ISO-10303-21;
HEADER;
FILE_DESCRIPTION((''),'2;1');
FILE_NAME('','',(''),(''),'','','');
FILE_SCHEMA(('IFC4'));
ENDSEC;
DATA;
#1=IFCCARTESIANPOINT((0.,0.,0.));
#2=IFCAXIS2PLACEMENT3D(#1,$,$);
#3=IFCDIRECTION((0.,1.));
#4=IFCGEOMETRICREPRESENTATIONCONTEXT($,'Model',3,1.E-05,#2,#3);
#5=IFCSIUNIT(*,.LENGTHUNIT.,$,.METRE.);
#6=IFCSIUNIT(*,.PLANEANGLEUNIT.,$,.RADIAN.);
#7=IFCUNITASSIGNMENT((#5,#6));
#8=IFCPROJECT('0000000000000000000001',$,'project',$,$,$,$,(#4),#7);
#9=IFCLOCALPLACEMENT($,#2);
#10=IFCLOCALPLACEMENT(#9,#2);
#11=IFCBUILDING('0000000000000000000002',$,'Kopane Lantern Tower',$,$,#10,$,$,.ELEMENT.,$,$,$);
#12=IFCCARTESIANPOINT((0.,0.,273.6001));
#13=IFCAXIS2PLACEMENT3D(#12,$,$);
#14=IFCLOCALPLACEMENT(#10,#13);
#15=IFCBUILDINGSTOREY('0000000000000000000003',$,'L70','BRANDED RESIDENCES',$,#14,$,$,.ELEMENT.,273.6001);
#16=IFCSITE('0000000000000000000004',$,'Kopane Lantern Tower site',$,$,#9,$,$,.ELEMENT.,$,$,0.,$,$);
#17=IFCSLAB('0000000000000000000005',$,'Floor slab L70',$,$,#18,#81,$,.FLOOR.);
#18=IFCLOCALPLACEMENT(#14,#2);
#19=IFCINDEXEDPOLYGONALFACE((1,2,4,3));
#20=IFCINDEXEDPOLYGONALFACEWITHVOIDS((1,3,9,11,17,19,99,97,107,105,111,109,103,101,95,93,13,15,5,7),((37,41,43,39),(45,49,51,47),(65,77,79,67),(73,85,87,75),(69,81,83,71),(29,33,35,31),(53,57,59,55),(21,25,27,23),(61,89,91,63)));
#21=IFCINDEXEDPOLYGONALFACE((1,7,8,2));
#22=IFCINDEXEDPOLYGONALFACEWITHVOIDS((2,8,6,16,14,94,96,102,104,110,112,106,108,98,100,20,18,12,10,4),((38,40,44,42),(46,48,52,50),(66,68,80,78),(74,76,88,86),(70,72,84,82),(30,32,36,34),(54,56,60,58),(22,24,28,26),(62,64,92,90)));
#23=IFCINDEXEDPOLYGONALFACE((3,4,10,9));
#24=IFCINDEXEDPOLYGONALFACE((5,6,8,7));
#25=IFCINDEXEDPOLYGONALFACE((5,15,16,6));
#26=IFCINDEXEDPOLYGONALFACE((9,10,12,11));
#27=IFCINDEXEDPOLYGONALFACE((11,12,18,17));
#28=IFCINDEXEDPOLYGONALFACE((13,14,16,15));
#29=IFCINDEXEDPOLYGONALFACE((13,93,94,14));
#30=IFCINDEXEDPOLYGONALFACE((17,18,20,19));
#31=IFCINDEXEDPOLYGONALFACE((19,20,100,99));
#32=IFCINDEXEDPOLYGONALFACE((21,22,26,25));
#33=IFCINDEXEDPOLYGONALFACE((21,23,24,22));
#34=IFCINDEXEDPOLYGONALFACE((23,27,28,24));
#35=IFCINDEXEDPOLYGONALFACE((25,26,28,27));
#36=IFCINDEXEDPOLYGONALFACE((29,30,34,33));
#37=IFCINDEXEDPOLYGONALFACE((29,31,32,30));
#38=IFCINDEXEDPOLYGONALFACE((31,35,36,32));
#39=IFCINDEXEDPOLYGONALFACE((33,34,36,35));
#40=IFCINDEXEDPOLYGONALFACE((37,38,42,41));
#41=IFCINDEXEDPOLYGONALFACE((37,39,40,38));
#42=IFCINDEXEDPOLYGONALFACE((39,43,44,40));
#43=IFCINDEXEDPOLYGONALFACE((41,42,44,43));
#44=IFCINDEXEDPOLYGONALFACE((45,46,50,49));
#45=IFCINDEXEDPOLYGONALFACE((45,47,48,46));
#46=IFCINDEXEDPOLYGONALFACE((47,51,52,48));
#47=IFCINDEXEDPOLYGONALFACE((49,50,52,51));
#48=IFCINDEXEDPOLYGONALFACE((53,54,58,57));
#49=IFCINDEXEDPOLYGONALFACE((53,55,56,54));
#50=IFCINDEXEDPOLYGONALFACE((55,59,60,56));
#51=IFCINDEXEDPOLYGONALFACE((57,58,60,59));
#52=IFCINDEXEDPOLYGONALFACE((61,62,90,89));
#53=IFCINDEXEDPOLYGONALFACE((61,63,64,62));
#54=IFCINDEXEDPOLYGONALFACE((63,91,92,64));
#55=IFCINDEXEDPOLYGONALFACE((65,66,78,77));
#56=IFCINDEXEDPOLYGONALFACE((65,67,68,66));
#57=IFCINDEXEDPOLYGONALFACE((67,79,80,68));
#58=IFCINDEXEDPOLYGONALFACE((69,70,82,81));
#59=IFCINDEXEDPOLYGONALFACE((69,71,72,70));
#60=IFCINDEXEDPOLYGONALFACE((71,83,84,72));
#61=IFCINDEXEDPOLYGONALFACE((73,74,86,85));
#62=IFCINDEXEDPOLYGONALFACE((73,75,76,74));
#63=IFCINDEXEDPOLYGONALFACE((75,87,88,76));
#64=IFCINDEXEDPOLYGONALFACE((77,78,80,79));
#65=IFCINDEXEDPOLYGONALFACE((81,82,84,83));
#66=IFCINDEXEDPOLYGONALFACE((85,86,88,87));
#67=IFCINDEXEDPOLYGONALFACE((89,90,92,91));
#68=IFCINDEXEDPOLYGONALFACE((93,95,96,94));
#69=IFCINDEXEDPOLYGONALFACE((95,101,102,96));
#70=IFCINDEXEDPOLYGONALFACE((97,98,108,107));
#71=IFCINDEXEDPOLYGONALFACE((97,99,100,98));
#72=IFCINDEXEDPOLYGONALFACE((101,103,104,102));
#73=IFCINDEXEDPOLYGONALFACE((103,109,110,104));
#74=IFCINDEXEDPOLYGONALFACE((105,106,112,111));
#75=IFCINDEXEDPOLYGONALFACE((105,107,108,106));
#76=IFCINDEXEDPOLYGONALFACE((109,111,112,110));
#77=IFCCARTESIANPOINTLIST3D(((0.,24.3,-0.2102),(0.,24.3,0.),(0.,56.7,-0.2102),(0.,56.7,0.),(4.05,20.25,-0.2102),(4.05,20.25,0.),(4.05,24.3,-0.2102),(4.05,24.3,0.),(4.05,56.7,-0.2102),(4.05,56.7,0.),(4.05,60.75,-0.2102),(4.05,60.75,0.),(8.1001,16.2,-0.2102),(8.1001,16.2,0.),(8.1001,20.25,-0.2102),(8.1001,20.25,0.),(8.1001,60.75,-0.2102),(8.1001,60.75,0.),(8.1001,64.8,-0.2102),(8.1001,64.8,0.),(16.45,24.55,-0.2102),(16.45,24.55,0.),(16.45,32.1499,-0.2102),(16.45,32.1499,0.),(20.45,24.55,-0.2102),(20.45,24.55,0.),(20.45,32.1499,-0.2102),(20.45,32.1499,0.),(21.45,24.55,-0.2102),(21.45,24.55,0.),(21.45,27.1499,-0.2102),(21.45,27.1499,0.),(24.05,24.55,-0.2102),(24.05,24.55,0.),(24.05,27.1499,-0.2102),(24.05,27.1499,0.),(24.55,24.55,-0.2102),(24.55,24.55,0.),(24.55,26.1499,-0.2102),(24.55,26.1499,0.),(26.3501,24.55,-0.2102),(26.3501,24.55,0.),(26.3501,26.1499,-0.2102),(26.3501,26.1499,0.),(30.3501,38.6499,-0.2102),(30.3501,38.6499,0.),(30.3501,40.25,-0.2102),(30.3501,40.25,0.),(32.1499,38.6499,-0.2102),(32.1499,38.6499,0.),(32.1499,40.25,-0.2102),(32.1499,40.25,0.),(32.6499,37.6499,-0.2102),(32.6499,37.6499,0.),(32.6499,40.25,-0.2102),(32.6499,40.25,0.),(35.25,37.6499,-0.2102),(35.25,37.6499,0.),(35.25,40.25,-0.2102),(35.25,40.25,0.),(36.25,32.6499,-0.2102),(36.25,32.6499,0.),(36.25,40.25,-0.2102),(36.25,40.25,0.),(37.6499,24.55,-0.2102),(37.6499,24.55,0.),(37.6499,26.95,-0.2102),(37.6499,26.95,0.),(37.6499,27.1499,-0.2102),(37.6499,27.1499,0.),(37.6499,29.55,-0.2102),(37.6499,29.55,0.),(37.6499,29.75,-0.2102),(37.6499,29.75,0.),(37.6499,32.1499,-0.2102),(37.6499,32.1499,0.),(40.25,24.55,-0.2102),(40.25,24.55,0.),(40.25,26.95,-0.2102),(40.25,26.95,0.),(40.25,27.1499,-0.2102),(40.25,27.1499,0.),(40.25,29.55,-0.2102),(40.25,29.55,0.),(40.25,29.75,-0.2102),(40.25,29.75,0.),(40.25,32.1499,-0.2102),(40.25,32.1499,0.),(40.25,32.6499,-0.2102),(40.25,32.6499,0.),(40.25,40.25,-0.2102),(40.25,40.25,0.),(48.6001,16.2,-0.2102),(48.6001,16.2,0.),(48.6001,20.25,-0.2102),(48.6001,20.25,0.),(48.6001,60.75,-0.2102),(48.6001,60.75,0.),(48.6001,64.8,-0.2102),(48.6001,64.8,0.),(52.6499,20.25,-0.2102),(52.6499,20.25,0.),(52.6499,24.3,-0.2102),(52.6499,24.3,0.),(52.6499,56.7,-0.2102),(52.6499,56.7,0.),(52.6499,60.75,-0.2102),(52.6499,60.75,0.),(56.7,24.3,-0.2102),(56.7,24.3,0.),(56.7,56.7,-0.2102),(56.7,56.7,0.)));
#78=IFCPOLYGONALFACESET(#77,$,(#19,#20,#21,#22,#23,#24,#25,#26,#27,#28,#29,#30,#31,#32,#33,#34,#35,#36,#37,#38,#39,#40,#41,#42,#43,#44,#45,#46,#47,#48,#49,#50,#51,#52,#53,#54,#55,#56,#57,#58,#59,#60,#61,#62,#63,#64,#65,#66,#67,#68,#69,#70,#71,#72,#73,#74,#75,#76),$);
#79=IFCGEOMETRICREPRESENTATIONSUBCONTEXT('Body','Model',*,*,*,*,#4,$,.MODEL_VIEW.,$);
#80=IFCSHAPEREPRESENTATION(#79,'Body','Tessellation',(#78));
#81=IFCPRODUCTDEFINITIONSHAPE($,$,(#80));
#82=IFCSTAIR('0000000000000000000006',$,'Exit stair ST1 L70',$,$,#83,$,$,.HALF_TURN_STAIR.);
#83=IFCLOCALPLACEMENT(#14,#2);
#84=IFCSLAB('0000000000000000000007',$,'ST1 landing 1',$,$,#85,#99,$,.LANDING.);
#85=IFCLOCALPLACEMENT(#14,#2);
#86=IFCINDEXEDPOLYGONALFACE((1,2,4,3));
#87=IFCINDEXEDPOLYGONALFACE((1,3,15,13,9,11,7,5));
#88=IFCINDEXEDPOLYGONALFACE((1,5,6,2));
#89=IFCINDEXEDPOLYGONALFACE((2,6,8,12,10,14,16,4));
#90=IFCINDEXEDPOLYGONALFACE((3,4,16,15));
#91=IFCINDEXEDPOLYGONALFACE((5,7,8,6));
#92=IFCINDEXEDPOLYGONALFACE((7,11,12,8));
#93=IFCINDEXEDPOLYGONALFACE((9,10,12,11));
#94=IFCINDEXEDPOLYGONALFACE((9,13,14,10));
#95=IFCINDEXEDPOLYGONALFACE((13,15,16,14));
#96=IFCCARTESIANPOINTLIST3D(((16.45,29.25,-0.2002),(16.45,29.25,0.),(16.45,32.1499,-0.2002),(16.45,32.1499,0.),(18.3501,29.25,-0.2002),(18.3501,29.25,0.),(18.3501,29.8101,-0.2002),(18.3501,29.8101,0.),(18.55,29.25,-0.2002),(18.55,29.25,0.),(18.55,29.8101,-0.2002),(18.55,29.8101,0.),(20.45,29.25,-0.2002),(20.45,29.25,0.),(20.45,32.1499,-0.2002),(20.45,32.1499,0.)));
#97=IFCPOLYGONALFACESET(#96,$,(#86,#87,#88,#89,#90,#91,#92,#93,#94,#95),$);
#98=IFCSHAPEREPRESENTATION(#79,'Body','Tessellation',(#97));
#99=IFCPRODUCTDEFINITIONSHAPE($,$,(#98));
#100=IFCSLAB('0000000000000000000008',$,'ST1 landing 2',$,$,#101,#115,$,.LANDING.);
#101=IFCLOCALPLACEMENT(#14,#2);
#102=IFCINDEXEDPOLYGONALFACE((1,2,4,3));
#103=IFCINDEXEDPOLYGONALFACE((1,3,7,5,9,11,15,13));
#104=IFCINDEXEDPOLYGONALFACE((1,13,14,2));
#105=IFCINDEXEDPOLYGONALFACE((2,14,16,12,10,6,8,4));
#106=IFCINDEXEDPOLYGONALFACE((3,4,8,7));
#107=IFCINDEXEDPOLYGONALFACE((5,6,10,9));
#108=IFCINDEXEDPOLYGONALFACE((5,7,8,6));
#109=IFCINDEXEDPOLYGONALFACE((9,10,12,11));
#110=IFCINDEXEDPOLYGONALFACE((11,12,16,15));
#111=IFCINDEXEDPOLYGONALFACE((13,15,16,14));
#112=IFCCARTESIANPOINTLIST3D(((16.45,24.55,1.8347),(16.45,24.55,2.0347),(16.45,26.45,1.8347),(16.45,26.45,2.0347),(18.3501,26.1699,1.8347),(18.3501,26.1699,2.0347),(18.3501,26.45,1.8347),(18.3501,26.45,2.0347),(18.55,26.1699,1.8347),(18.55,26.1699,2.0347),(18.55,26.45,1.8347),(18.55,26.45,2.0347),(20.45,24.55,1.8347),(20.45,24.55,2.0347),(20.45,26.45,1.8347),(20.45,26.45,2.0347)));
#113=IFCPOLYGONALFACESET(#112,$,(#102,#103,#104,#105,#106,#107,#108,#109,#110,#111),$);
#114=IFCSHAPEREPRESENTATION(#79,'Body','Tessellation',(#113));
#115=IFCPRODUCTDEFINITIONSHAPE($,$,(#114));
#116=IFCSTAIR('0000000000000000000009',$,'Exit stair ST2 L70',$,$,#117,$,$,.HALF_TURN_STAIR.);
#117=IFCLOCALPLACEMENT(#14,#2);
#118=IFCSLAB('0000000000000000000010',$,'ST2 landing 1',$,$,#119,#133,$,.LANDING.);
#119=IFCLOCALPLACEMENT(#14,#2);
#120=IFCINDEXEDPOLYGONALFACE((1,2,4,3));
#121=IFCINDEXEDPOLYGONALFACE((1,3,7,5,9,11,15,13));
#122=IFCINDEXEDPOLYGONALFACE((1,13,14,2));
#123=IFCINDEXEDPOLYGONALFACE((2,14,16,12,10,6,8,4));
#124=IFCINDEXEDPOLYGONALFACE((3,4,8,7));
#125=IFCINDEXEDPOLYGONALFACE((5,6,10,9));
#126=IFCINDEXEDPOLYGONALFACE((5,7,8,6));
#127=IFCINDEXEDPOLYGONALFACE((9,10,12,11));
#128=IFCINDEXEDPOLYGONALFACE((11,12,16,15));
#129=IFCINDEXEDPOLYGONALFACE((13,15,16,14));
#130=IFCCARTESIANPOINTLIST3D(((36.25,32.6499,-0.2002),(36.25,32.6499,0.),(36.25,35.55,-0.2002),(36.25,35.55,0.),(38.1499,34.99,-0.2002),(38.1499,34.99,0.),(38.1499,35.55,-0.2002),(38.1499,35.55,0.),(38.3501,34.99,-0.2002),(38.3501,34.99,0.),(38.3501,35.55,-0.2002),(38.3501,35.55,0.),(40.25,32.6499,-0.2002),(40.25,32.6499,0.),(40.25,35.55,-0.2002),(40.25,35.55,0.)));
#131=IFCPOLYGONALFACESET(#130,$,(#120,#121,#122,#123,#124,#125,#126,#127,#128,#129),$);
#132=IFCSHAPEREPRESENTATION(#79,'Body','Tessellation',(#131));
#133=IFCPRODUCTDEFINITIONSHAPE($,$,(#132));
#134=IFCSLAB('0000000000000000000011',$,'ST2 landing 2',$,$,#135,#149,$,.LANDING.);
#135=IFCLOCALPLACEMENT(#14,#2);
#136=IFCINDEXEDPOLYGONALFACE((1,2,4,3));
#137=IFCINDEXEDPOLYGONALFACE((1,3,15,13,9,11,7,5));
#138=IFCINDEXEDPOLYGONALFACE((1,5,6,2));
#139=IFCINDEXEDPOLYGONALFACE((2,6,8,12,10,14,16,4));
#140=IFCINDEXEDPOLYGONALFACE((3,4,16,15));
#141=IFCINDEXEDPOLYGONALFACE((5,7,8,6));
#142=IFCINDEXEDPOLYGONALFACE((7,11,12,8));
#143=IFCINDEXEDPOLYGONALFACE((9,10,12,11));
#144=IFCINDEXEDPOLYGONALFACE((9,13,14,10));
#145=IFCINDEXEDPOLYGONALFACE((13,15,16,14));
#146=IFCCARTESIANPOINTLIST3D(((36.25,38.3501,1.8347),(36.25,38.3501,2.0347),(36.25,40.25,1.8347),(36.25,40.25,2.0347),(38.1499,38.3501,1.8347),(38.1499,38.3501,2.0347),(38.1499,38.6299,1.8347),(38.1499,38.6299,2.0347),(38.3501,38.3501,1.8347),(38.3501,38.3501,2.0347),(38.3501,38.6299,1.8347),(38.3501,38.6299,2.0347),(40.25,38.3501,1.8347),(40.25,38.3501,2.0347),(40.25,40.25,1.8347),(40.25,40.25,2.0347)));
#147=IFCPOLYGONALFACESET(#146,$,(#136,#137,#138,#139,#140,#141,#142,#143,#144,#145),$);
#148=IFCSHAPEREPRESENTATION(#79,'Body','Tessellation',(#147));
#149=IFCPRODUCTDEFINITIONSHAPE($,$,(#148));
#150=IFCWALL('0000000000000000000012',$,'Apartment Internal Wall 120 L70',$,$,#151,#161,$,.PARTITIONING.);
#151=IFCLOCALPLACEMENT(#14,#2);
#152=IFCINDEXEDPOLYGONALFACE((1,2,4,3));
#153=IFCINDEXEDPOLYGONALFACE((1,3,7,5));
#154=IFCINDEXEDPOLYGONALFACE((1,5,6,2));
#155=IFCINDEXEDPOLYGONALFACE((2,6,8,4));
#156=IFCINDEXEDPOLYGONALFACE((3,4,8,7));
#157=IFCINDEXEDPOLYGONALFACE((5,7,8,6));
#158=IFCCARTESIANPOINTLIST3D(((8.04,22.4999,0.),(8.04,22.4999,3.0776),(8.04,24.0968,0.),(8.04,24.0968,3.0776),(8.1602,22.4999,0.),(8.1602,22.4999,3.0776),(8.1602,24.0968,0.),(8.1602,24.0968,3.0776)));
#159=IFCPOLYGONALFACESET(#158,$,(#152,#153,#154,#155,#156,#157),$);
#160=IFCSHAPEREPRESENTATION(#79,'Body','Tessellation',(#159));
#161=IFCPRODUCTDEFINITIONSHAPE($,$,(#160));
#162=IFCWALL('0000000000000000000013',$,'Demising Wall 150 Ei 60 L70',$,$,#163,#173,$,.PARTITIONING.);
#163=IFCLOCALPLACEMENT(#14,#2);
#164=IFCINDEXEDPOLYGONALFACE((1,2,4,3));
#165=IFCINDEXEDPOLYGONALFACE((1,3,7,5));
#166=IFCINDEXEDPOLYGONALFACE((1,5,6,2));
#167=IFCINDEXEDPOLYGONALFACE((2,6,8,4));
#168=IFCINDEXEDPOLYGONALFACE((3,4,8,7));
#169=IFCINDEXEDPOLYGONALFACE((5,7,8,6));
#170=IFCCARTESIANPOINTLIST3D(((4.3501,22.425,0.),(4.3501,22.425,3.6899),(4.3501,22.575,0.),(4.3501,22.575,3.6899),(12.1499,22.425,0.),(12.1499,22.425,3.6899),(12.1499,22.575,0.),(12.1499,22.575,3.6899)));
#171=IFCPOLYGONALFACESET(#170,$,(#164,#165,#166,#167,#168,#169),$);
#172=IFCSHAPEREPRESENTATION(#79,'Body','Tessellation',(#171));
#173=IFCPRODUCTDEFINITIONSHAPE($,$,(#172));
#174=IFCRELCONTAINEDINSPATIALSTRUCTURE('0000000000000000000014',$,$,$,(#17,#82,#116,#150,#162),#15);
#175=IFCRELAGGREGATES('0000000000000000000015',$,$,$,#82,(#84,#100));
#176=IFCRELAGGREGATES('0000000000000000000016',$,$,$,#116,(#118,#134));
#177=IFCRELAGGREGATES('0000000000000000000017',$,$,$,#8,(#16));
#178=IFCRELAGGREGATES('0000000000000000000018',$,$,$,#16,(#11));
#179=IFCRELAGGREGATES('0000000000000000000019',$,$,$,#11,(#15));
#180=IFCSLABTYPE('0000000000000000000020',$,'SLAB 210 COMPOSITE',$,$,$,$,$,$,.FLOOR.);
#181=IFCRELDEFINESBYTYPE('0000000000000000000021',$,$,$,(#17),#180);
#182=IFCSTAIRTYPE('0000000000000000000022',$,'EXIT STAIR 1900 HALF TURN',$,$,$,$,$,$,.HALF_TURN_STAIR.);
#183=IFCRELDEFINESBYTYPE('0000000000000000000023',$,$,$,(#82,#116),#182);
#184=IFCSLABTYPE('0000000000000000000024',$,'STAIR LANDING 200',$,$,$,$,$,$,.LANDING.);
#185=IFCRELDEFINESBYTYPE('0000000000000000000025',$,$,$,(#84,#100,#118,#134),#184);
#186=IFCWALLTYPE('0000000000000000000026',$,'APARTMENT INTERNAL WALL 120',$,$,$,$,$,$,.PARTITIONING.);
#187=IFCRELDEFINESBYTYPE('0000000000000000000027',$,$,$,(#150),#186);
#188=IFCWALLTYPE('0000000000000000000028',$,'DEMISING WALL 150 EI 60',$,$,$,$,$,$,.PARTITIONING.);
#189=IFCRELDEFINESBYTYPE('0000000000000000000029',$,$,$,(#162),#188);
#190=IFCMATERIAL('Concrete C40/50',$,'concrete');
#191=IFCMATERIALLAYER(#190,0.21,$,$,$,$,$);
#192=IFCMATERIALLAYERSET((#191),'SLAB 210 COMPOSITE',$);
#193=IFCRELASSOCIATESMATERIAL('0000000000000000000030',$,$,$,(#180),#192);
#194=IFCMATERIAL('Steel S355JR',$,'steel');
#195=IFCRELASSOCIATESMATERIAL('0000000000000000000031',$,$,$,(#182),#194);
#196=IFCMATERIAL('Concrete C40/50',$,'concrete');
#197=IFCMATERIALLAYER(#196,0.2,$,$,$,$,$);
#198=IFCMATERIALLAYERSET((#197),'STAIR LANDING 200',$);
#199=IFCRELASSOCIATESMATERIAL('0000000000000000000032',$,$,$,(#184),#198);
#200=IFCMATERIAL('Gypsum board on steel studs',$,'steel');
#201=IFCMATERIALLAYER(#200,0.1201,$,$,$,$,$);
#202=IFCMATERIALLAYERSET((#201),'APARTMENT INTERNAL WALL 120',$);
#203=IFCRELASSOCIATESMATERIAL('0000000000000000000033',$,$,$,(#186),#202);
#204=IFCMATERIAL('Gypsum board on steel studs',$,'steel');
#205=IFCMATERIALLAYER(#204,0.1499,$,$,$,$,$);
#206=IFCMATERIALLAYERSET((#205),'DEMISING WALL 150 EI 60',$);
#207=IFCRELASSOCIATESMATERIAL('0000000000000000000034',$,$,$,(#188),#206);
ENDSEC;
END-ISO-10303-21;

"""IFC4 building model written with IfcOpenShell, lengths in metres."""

from ifc_helpers import new_model, si_unit, direction, frame, frame_2d, origin, place, context, subcontext, project, spatial, polyline, rectangle, outline, extrude, material, layer, layer_set, type_object, element, aggregate, save


model = new_model("IFC4")

# Units and contexts
model_context = context("Model", 3, precision=1e-05, world=origin(), true_north=direction((0.0, 1.0)))
body_context = subcontext(model_context, "Body", "Model", "MODEL_VIEW")
ifc_project = project(units=[si_unit("LENGTHUNIT", "METRE"), si_unit("PLANEANGLEUNIT", "RADIAN")], contexts=[model_context])

# Site, building, storey
site_placement = place(None, origin())
site = spatial("IfcSite", under=ifc_project, at=site_placement, Name="Kopane Lantern Tower site", CompositionType="ELEMENT", RefElevation=0.0)
building_placement = place(site_placement, origin())
building = spatial("IfcBuilding", under=site, at=building_placement, Name="Kopane Lantern Tower", CompositionType="ELEMENT")
storey_placement = place(building_placement, frame((0.0, 0.0, 273.6001)))
storey = spatial("IfcBuildingStorey", under=building, at=storey_placement, Name="L70", Description="BRANDED RESIDENCES", CompositionType="ELEMENT", Elevation=273.6001)

# Slab
ifc_material_1 = material(Name="Concrete C40/50", Category="concrete")
ifc_layer_1 = layer(ifc_material_1, 0.21)
ifc_layer_set_1 = layer_set([ifc_layer_1], Name="SLAB 210 COMPOSITE")
slab_type_1 = type_object("IfcSlabType", Name="SLAB 210 COMPOSITE", PredefinedType="FLOOR", material=ifc_layer_set_1)
slab_1_placement = place(storey_placement, frame((0.0, 0.0, -0.2102)))
element("IfcSlab", 1, at=slab_1_placement, inside=storey, type_object=slab_type_1, Name="Floor slab L70", PredefinedType="FLOOR", context=body_context, shape_type="SweptSolid", body=[
    extrude(outline(polyline([(8.1001, 16.2), (48.6001, 16.2), (48.6001, 20.25), (52.6499, 20.25), (52.6499, 24.3), (56.7, 24.3), (56.7, 56.7), (52.6499, 56.7), (52.6499, 60.75), (48.6001, 60.75), (48.6001, 64.8), (8.1001, 64.8), (8.1001, 60.75), (4.05, 60.75), (4.05, 56.7), (0.0, 56.7), (0.0, 24.3), (4.05, 24.3), (4.05, 20.25), (8.1001, 20.25), (8.1001, 16.2)]), holes=[polyline([(16.45, 24.55), (20.45, 24.55), (20.45, 32.1499), (16.45, 32.1499), (16.45, 24.55)]), polyline([(36.25, 32.6499), (40.25, 32.6499), (40.25, 40.25), (36.25, 40.25), (36.25, 32.6499)]), polyline([(37.6499, 24.55), (40.25, 24.55), (40.25, 26.95), (37.6499, 26.95), (37.6499, 24.55)]), polyline([(37.6499, 27.1499), (40.25, 27.1499), (40.25, 29.55), (37.6499, 29.55), (37.6499, 27.1499)]), polyline([(37.6499, 29.75), (40.25, 29.75), (40.25, 32.1499), (37.6499, 32.1499), (37.6499, 29.75)]), polyline([(21.45, 24.55), (24.05, 24.55), (24.05, 27.1499), (21.45, 27.1499), (21.45, 24.55)]), polyline([(32.6499, 37.6499), (35.25, 37.6499), (35.25, 40.25), (32.6499, 40.25), (32.6499, 37.6499)]), polyline([(24.55, 24.55), (26.3501, 24.55), (26.3501, 26.1499), (24.55, 26.1499), (24.55, 24.55)]), polyline([(30.3501, 38.6499), (32.1499, 38.6499), (32.1499, 40.25), (30.3501, 40.25), (30.3501, 38.6499)])]), origin(), (0.0, 0.0, 1.0), 0.2102),
])

# Stairs, slabs
ifc_material_2 = material(Name="Steel S355JR", Category="steel")
stair_type = type_object("IfcStairType", Name="EXIT STAIR 1900 HALF TURN", PredefinedType="HALF_TURN_STAIR", material=ifc_material_2)
stair_1_placement = place(storey_placement, origin())
stair_1 = element("IfcStair", 2, at=stair_1_placement, inside=storey, type_object=stair_type, Name="Exit stair ST1 L70", PredefinedType="HALF_TURN_STAIR")
ifc_material_3 = material(Name="Concrete C40/50", Category="concrete")
ifc_layer_2 = layer(ifc_material_3, 0.2)
ifc_layer_set_2 = layer_set([ifc_layer_2], Name="STAIR LANDING 200")
slab_type_2 = type_object("IfcSlabType", Name="STAIR LANDING 200", PredefinedType="LANDING", material=ifc_layer_set_2)
slab_2_placement = place(storey_placement, frame((0.0, 0.0, -0.2002)))
slab_2 = element("IfcSlab", 3, at=slab_2_placement, type_object=slab_type_2, Name="ST1 landing 1", PredefinedType="LANDING", context=body_context, shape_type="SweptSolid", body=[
    extrude(outline(polyline([(18.3501, 29.8101), (18.55, 29.8101), (18.55, 29.25), (20.45, 29.25), (20.45, 32.1499), (16.45, 32.1499), (16.45, 29.25), (18.3501, 29.25), (18.3501, 29.8101)])), origin(), (0.0, 0.0, 1.0), 0.2002),
])
slab_3_placement = place(storey_placement, frame((0.0, 0.0, 1.8347)))
slab_3 = element("IfcSlab", 4, at=slab_3_placement, type_object=slab_type_2, Name="ST1 landing 2", PredefinedType="LANDING", context=body_context, shape_type="SweptSolid", body=[
    extrude(outline(polyline([(20.45, 26.45), (18.55, 26.45), (18.55, 26.1699), (18.3501, 26.1699), (18.3501, 26.45), (16.45, 26.45), (16.45, 24.55), (20.45, 24.55), (20.45, 26.45)])), origin(), (0.0, 0.0, 1.0), 0.2),
])
aggregate(stair_1, [slab_2, slab_3])
stair_2_placement = place(storey_placement, origin())
stair_2 = element("IfcStair", 5, at=stair_2_placement, inside=storey, type_object=stair_type, Name="Exit stair ST2 L70", PredefinedType="HALF_TURN_STAIR")
slab_4_placement = place(storey_placement, frame((0.0, 0.0, -0.2002)))
slab_4 = element("IfcSlab", 6, at=slab_4_placement, type_object=slab_type_2, Name="ST2 landing 1", PredefinedType="LANDING", context=body_context, shape_type="SweptSolid", body=[
    extrude(outline(polyline([(40.25, 35.55), (38.3501, 35.55), (38.3501, 34.99), (38.1499, 34.99), (38.1499, 35.55), (36.25, 35.55), (36.25, 32.6499), (40.25, 32.6499), (40.25, 35.55)])), origin(), (0.0, 0.0, 1.0), 0.2002),
])
slab_5_placement = place(storey_placement, frame((0.0, 0.0, 1.8347)))
slab_5 = element("IfcSlab", 7, at=slab_5_placement, type_object=slab_type_2, Name="ST2 landing 2", PredefinedType="LANDING", context=body_context, shape_type="SweptSolid", body=[
    extrude(outline(polyline([(38.1499, 38.6299), (38.3501, 38.6299), (38.3501, 38.3501), (40.25, 38.3501), (40.25, 40.25), (36.25, 40.25), (36.25, 38.3501), (38.1499, 38.3501), (38.1499, 38.6299)])), origin(), (0.0, 0.0, 1.0), 0.2),
])
aggregate(stair_2, [slab_4, slab_5])

# Walls
ifc_material_4 = material(Name="Gypsum board on steel studs", Category="steel")
ifc_layer_3 = layer(ifc_material_4, 0.1201)
ifc_layer_set_3 = layer_set([ifc_layer_3], Name="APARTMENT INTERNAL WALL 120")
wall_type_1 = type_object("IfcWallType", Name="APARTMENT INTERNAL WALL 120", PredefinedType="PARTITIONING", material=ifc_layer_set_3)
wall_1_placement = place(storey_placement, frame((8.1001, 22.5, 0.0), z_axis=(0.0, 0.0, 1.0), x_axis=(0.0, 1.0, 0.0)))
element("IfcWall", 8, at=wall_1_placement, inside=storey, type_object=wall_type_1, Name="Apartment Internal Wall 120 L70", PredefinedType="PARTITIONING", context=body_context, shape_type="SweptSolid", body=[
    extrude(rectangle(XDim=1.5969, YDim=0.1201, at=frame_2d((0.7983, 0.0))), origin(), (0.0, 0.0, 1.0), 3.0776),
])
ifc_material_5 = material(Name="Gypsum board on steel studs", Category="steel")
ifc_layer_4 = layer(ifc_material_5, 0.1499)
ifc_layer_set_4 = layer_set([ifc_layer_4], Name="DEMISING WALL 150 EI 60")
wall_type_2 = type_object("IfcWallType", Name="DEMISING WALL 150 EI 60", PredefinedType="PARTITIONING", material=ifc_layer_set_4)
wall_2_placement = place(storey_placement, frame((4.3501, 22.5, 0.0), z_axis=(0.0, 0.0, 1.0), x_axis=(1.0, 0.0, 0.0)))
element("IfcWall", 9, at=wall_2_placement, inside=storey, type_object=wall_type_2, Name="Demising Wall 150 Ei 60 L70", PredefinedType="PARTITIONING", context=body_context, shape_type="SweptSolid", body=[
    extrude(rectangle(XDim=7.7998, YDim=0.1499, at=frame_2d((3.8999, 0.0))), origin(), (0.0, 0.0, 1.0), 3.6899),
])

save(model, "model.ifc")
